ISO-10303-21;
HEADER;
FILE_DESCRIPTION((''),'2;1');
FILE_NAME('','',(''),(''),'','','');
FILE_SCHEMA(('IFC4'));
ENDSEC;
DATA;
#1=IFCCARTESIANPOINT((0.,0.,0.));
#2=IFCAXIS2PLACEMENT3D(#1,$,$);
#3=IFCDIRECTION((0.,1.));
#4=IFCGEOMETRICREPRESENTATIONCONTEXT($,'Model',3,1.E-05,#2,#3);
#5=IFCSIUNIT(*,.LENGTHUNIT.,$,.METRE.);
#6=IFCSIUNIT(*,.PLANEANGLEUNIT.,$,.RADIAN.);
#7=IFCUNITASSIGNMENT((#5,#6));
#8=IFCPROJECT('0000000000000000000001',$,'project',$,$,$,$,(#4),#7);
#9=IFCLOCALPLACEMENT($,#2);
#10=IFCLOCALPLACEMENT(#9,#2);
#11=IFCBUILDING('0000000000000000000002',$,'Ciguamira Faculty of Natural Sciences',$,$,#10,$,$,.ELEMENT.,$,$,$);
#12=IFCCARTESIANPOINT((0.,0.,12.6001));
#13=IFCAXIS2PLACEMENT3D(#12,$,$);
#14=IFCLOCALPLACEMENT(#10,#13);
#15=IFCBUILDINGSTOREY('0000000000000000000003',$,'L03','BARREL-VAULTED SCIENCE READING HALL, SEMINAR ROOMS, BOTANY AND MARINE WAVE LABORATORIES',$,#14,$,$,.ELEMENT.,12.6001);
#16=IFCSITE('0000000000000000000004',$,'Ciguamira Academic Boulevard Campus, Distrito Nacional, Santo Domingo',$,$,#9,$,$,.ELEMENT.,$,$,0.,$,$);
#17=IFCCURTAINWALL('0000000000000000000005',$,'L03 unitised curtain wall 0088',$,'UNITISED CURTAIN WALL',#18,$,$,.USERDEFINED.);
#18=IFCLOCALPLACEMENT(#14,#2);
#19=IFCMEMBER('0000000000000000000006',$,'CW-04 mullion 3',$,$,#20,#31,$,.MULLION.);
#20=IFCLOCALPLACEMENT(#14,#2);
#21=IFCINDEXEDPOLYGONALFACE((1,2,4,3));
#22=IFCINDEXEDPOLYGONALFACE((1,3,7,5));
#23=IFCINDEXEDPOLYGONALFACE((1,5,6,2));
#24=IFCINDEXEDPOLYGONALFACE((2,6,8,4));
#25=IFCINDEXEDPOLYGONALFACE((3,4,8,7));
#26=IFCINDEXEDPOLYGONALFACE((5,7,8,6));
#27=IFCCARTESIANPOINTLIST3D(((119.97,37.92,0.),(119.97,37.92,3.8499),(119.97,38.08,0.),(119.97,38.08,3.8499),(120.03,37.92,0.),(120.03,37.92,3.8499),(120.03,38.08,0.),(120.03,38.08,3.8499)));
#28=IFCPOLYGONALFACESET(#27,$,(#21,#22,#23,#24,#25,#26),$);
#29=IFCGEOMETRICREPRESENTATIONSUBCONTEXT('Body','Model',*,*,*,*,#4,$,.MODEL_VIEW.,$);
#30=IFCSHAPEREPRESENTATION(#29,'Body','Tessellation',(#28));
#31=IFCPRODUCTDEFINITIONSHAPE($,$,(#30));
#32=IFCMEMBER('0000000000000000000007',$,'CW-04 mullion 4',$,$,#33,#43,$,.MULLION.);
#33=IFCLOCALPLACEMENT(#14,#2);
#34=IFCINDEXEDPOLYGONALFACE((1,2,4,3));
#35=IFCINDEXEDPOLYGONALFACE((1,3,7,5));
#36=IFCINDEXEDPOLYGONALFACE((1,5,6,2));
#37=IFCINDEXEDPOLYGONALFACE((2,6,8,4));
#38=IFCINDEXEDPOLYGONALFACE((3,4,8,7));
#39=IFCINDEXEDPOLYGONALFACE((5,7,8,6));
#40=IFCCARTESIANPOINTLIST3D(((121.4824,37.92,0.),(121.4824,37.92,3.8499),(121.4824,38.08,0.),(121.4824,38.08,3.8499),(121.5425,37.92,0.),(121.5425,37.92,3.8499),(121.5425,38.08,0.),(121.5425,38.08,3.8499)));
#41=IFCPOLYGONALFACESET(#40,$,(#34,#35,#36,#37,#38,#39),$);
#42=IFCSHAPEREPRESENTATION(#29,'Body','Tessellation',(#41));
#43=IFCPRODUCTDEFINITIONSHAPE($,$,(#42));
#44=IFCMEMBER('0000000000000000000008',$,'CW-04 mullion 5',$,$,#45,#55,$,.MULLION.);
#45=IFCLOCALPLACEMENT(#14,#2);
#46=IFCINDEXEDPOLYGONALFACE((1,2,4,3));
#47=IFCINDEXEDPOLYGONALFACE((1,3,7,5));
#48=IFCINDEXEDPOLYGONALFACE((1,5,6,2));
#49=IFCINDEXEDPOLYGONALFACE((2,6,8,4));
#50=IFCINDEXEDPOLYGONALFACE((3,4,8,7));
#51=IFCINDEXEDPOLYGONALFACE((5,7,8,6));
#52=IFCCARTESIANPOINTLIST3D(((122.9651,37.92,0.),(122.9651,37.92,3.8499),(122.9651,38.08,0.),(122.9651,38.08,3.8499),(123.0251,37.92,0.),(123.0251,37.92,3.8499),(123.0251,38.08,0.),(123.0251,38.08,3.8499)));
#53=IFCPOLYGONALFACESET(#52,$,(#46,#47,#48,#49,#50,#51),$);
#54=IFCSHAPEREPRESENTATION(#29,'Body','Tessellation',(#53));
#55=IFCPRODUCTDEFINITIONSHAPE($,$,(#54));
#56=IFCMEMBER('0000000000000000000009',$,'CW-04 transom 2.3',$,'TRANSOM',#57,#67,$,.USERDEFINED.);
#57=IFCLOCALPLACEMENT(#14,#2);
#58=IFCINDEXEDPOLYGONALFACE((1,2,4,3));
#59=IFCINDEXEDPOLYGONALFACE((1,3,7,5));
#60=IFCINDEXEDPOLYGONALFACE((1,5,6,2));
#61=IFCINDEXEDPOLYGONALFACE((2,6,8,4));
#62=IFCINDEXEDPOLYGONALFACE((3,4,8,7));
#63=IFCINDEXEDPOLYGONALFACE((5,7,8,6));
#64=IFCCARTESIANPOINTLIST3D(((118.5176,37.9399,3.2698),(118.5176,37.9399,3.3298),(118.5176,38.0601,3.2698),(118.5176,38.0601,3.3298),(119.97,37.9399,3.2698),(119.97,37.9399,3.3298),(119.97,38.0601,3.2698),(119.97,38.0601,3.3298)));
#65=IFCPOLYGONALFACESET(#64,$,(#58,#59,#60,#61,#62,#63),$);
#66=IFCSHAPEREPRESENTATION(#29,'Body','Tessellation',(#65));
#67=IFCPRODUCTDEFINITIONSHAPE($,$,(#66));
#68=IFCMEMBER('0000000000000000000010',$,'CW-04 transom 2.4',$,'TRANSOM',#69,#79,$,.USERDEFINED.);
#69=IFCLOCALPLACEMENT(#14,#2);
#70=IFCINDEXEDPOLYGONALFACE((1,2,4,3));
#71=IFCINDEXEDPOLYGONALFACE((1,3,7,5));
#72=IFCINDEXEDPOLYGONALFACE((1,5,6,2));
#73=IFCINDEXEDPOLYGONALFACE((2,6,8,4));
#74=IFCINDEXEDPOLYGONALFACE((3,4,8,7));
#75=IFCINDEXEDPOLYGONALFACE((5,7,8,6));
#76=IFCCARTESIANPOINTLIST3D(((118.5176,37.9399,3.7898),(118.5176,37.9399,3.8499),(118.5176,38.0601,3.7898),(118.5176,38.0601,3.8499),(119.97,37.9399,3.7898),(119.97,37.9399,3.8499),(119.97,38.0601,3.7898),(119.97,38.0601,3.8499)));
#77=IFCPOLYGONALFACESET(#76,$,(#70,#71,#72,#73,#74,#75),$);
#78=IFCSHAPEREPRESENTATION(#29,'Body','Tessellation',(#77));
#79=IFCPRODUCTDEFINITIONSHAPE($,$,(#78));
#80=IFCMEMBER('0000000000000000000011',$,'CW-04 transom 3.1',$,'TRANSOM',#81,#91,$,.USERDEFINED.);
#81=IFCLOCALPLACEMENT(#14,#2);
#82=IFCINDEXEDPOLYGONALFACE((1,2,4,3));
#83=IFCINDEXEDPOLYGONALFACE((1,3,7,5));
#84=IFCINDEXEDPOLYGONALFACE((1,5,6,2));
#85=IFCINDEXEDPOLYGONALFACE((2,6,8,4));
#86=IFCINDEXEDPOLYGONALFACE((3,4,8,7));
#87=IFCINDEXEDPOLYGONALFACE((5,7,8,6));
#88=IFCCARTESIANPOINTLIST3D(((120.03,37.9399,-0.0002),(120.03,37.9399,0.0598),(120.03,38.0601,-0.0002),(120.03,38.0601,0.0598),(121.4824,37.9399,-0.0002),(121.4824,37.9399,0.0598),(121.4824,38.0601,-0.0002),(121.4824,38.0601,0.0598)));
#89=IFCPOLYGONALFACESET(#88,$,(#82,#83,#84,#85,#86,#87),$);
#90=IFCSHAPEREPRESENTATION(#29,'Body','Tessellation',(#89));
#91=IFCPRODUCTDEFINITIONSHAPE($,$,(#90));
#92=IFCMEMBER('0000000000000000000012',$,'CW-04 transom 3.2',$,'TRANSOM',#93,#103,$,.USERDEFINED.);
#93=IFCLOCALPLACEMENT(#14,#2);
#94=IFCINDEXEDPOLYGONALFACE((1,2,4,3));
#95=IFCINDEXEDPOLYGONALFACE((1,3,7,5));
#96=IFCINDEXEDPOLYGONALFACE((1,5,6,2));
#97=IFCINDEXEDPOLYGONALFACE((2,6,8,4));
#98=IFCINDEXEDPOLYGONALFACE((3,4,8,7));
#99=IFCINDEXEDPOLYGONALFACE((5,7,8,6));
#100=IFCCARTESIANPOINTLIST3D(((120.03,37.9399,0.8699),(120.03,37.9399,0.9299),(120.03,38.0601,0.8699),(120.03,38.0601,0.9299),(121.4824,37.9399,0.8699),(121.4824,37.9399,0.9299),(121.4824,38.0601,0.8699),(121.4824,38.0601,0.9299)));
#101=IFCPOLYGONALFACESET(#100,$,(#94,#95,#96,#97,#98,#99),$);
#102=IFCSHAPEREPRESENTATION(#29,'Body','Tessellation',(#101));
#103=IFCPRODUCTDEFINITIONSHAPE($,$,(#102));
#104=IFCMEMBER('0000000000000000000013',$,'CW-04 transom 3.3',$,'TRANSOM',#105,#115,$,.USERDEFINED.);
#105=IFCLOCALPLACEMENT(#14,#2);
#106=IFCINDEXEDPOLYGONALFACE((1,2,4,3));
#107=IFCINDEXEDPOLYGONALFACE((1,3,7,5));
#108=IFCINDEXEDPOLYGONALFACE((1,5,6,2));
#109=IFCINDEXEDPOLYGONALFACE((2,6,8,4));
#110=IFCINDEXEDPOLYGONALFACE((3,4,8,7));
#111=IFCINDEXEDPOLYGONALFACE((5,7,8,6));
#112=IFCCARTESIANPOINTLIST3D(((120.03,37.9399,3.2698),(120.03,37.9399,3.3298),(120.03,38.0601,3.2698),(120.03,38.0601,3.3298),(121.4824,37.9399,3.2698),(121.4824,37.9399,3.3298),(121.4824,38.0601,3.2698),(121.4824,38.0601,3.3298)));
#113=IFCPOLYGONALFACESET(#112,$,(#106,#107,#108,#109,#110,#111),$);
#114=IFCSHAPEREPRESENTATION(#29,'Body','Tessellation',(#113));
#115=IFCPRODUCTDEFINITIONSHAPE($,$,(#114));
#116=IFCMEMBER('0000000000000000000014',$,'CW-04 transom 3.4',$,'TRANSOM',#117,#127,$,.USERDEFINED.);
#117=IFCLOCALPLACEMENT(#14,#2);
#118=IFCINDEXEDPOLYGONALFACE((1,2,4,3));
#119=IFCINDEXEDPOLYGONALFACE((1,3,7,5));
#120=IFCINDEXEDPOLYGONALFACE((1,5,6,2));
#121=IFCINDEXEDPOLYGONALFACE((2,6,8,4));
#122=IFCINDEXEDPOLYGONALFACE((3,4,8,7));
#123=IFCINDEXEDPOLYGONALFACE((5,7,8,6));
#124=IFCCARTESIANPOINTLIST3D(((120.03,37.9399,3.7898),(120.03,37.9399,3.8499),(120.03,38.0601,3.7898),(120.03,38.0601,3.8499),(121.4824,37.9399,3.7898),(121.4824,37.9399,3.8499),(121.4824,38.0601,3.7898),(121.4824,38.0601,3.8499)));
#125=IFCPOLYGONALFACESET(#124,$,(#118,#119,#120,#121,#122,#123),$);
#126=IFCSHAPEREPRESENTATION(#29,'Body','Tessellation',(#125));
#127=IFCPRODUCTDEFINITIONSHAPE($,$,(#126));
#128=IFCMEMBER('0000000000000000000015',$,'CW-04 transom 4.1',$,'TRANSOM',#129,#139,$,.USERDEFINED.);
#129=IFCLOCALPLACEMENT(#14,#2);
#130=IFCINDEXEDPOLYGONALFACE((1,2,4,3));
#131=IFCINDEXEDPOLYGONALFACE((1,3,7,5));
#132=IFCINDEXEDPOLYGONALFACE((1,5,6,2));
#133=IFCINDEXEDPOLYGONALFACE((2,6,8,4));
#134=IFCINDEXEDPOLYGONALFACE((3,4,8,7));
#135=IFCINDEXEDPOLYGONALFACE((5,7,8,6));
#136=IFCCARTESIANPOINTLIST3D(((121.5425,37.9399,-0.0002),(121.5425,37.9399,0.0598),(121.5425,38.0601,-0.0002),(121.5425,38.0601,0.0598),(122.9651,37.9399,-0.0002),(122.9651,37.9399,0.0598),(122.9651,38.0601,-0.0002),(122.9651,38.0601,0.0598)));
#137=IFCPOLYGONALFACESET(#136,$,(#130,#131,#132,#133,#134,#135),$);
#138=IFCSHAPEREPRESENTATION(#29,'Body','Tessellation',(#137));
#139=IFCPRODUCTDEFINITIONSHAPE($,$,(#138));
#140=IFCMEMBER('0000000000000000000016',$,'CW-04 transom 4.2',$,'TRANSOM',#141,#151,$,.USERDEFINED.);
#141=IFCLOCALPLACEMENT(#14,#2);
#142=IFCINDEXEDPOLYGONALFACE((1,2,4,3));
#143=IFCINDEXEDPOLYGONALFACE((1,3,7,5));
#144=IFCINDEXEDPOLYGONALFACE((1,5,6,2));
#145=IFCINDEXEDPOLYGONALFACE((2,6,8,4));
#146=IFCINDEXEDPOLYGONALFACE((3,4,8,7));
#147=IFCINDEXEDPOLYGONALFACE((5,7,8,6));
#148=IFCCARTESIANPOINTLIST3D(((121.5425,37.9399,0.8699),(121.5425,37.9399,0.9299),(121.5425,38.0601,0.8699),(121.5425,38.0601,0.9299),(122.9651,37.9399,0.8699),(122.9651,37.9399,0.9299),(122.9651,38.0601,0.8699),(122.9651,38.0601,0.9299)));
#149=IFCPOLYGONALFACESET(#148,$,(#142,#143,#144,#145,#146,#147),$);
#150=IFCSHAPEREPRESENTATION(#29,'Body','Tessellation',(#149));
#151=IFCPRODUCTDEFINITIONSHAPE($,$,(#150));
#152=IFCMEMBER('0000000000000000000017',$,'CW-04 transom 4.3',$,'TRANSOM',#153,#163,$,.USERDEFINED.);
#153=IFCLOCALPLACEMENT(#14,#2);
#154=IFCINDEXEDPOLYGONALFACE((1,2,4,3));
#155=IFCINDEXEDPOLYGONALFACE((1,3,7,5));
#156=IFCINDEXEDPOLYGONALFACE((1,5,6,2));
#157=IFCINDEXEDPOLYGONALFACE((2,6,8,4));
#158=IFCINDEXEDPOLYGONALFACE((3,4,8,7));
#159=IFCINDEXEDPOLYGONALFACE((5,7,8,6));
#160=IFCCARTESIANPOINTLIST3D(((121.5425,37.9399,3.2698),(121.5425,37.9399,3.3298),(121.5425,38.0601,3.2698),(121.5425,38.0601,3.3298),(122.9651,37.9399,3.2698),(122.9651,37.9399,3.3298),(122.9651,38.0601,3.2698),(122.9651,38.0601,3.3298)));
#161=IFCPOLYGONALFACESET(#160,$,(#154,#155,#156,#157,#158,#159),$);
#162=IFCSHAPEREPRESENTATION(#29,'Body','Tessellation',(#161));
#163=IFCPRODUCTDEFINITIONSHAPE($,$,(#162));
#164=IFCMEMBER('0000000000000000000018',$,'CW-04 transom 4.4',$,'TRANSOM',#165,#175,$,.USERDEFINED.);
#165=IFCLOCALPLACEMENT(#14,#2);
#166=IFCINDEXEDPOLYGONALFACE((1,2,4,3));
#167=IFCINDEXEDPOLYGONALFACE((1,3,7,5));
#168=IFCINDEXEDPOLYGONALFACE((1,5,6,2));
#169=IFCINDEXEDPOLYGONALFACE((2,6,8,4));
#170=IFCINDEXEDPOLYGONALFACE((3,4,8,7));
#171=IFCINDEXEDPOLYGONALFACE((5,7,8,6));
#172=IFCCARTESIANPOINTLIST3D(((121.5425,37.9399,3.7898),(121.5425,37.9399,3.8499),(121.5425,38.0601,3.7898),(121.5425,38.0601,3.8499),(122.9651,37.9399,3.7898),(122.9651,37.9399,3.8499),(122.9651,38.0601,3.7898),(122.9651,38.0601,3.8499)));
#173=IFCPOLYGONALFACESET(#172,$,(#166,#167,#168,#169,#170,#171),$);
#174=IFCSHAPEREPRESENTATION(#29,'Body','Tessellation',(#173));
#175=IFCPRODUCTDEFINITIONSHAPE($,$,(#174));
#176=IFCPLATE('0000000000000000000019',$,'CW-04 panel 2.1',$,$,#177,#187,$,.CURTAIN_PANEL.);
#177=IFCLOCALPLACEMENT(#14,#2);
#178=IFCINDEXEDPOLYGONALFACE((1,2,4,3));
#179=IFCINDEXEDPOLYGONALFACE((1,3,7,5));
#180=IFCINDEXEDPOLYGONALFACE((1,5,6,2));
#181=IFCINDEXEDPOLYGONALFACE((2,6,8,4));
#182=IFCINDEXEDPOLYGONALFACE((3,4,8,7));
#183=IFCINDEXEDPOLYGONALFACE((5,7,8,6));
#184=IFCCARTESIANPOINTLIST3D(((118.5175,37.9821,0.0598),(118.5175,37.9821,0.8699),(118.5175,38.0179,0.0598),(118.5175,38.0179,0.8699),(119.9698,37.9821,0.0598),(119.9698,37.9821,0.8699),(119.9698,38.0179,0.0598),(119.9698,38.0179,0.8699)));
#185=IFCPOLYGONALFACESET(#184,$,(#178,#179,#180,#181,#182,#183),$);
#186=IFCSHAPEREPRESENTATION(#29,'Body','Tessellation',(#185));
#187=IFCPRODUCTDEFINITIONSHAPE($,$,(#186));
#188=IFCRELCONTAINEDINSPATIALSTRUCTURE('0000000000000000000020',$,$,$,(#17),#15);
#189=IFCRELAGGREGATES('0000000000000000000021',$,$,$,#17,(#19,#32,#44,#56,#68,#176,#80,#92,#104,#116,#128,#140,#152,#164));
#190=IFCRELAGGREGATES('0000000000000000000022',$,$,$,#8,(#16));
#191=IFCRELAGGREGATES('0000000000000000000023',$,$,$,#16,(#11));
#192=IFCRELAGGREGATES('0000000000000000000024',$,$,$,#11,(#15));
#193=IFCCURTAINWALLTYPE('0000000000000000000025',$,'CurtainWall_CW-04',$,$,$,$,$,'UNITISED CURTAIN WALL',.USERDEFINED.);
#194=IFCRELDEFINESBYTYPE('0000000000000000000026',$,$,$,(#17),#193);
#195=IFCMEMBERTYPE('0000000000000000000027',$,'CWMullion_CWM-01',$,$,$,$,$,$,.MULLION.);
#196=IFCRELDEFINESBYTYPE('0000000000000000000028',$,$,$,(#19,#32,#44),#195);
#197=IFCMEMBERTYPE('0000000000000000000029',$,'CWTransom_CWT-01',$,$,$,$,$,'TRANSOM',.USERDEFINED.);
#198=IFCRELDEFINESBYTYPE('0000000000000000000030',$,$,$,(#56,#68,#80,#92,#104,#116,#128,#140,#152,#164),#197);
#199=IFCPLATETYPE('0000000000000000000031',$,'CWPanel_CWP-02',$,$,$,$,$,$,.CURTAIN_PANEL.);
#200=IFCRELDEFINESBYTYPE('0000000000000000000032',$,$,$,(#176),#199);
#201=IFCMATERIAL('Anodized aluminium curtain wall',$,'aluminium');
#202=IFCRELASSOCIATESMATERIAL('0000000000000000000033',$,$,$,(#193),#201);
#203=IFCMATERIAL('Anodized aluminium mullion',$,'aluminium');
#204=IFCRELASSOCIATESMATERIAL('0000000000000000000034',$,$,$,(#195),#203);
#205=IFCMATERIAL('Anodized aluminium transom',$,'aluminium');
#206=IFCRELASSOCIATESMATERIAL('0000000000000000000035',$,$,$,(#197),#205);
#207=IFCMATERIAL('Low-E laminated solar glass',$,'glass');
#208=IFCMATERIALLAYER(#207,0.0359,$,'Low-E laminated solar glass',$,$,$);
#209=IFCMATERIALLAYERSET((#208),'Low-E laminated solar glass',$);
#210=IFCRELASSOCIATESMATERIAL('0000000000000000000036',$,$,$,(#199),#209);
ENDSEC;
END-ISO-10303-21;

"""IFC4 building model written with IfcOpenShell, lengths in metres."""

from ifc_helpers import new_model, si_unit, direction, frame, origin, origin_2d, place, context, subcontext, project, spatial, rectangle, extrude, material, layer, layer_set, material_profile, profile_set, type_object, element, aggregate, save


model = new_model("IFC4")

# Units and contexts
model_context = context("Model", 3, precision=1e-05, world=origin(), true_north=direction((0.0, 1.0)))
body_context = subcontext(model_context, "Body", "Model", "MODEL_VIEW")
ifc_project = project(units=[si_unit("LENGTHUNIT", "METRE"), si_unit("PLANEANGLEUNIT", "RADIAN")], contexts=[model_context])

# Site, building, storey
site_placement = place(None, origin())
site = spatial("IfcSite", under=ifc_project, at=site_placement, Name="Ciguamira Academic Boulevard Campus, Distrito Nacional, Santo Domingo", CompositionType="ELEMENT", RefElevation=0.0)
building_placement = place(site_placement, origin())
building = spatial("IfcBuilding", under=site, at=building_placement, Name="Ciguamira Faculty of Natural Sciences", CompositionType="ELEMENT")
storey_placement = place(building_placement, frame((0.0, 0.0, 12.6001)))
storey = spatial("IfcBuildingStorey", under=building, at=storey_placement, Name="L03", Description="BARREL-VAULTED SCIENCE READING HALL, SEMINAR ROOMS, BOTANY AND MARINE WAVE LABORATORIES", CompositionType="ELEMENT", Elevation=12.6001)

# Curtain wall, members, plate
ifc_material_1 = material(Name="Anodized aluminium curtain wall", Category="aluminium")
curtain_wall_type = type_object("IfcCurtainWallType", Name="CurtainWall_CW-04", ElementType="UNITISED CURTAIN WALL", PredefinedType="USERDEFINED", material=ifc_material_1)
curtain_wall_placement = place(storey_placement, origin())
curtain_wall = element("IfcCurtainWall", 1, at=curtain_wall_placement, inside=storey, type_object=curtain_wall_type, Name="L03 unitised curtain wall 0088", ObjectType="UNITISED CURTAIN WALL", PredefinedType="USERDEFINED")
ifc_material_2 = material(Name="Anodized aluminium mullion", Category="aluminium")
ifc_material_profile_1 = material_profile(ifc_material_2, rectangle(XDim=0.0601, YDim=0.1599, at=origin_2d()), Name="ALU-MUL-60X160")
ifc_profile_set_1 = profile_set([ifc_material_profile_1], Name="Anodized aluminium mullion")
member_type_1 = type_object("IfcMemberType", Name="CWMullion_CWM-01", PredefinedType="MULLION", material=ifc_profile_set_1)
member_1_placement = place(storey_placement, frame((120.0, 38.0, 0.0), z_axis=(0.0, 0.0, 1.0), x_axis=(1.0, 0.0, 0.0)))
member_1 = element("IfcMember", 2, at=member_1_placement, type_object=member_type_1, Name="CW-04 mullion 3", PredefinedType="MULLION", context=body_context, shape_type="SweptSolid", body=[
    extrude(rectangle(XDim=0.0601, YDim=0.1599, at=origin_2d()), origin(), (0.0, 0.0, 1.0), 3.8499),
])
member_2_placement = place(storey_placement, frame((121.5125, 38.0, 0.0), z_axis=(0.0, 0.0, 1.0), x_axis=(1.0, 0.0, 0.0)))
member_2 = element("IfcMember", 3, at=member_2_placement, type_object=member_type_1, Name="CW-04 mullion 4", PredefinedType="MULLION", context=body_context, shape_type="SweptSolid", body=[
    extrude(rectangle(XDim=0.0601, YDim=0.1599, at=origin_2d()), origin(), (0.0, 0.0, 1.0), 3.8499),
])
member_3_placement = place(storey_placement, frame((122.9951, 38.0, 0.0), z_axis=(0.0, 0.0, 1.0), x_axis=(1.0, 0.0, 0.0)))
member_3 = element("IfcMember", 4, at=member_3_placement, type_object=member_type_1, Name="CW-04 mullion 5", PredefinedType="MULLION", context=body_context, shape_type="SweptSolid", body=[
    extrude(rectangle(XDim=0.0601, YDim=0.1599, at=origin_2d()), origin(), (0.0, 0.0, 1.0), 3.8499),
])
ifc_material_3 = material(Name="Anodized aluminium transom", Category="aluminium")
ifc_material_profile_2 = material_profile(ifc_material_3, rectangle(XDim=0.0601, YDim=0.1201, at=origin_2d()), Name="ALU-TRN-60X120")
ifc_profile_set_2 = profile_set([ifc_material_profile_2], Name="Anodized aluminium transom")
member_type_2 = type_object("IfcMemberType", Name="CWTransom_CWT-01", ElementType="TRANSOM", PredefinedType="USERDEFINED", material=ifc_profile_set_2)
member_4_placement = place(storey_placement, frame((118.5176, 38.0, 3.2998), z_axis=(1.0, 0.0, 0.0), x_axis=(0.0, 0.0, 1.0)))
member_4 = element("IfcMember", 5, at=member_4_placement, type_object=member_type_2, Name="CW-04 transom 2.3", ObjectType="TRANSOM", PredefinedType="USERDEFINED", context=body_context, shape_type="SweptSolid", body=[
    extrude(rectangle(XDim=0.0601, YDim=0.1201, at=origin_2d()), origin(), (0.0, 0.0, 1.0), 1.4524),
])
member_5_placement = place(storey_placement, frame((118.5176, 38.0, 3.8198), z_axis=(1.0, 0.0, 0.0), x_axis=(0.0, 0.0, 1.0)))
member_5 = element("IfcMember", 6, at=member_5_placement, type_object=member_type_2, Name="CW-04 transom 2.4", ObjectType="TRANSOM", PredefinedType="USERDEFINED", context=body_context, shape_type="SweptSolid", body=[
    extrude(rectangle(XDim=0.0601, YDim=0.1201, at=origin_2d()), origin(), (0.0, 0.0, 1.0), 1.4524),
])
member_6_placement = place(storey_placement, frame((120.03, 38.0, 0.0298), z_axis=(1.0, 0.0, 0.0), x_axis=(0.0, 0.0, 1.0)))
member_6 = element("IfcMember", 7, at=member_6_placement, type_object=member_type_2, Name="CW-04 transom 3.1", ObjectType="TRANSOM", PredefinedType="USERDEFINED", context=body_context, shape_type="SweptSolid", body=[
    extrude(rectangle(XDim=0.0601, YDim=0.1201, at=origin_2d()), origin(), (0.0, 0.0, 1.0), 1.4524),
])
member_7_placement = place(storey_placement, frame((120.03, 38.0, 0.8999), z_axis=(1.0, 0.0, 0.0), x_axis=(0.0, 0.0, 1.0)))
member_7 = element("IfcMember", 8, at=member_7_placement, type_object=member_type_2, Name="CW-04 transom 3.2", ObjectType="TRANSOM", PredefinedType="USERDEFINED", context=body_context, shape_type="SweptSolid", body=[
    extrude(rectangle(XDim=0.0601, YDim=0.1201, at=origin_2d()), origin(), (0.0, 0.0, 1.0), 1.4524),
])
member_8_placement = place(storey_placement, frame((120.03, 38.0, 3.2998), z_axis=(1.0, 0.0, 0.0), x_axis=(0.0, 0.0, 1.0)))
member_8 = element("IfcMember", 9, at=member_8_placement, type_object=member_type_2, Name="CW-04 transom 3.3", ObjectType="TRANSOM", PredefinedType="USERDEFINED", context=body_context, shape_type="SweptSolid", body=[
    extrude(rectangle(XDim=0.0601, YDim=0.1201, at=origin_2d()), origin(), (0.0, 0.0, 1.0), 1.4524),
])
member_9_placement = place(storey_placement, frame((120.03, 38.0, 3.8198), z_axis=(1.0, 0.0, 0.0), x_axis=(0.0, 0.0, 1.0)))
member_9 = element("IfcMember", 10, at=member_9_placement, type_object=member_type_2, Name="CW-04 transom 3.4", ObjectType="TRANSOM", PredefinedType="USERDEFINED", context=body_context, shape_type="SweptSolid", body=[
    extrude(rectangle(XDim=0.0601, YDim=0.1201, at=origin_2d()), origin(), (0.0, 0.0, 1.0), 1.4524),
])
member_10_placement = place(storey_placement, frame((121.5425, 38.0, 0.0298), z_axis=(1.0, 0.0, 0.0), x_axis=(0.0, 0.0, 1.0)))
member_10 = element("IfcMember", 11, at=member_10_placement, type_object=member_type_2, Name="CW-04 transom 4.1", ObjectType="TRANSOM", PredefinedType="USERDEFINED", context=body_context, shape_type="SweptSolid", body=[
    extrude(rectangle(XDim=0.0601, YDim=0.1201, at=origin_2d()), origin(), (0.0, 0.0, 1.0), 1.4226),
])
member_11_placement = place(storey_placement, frame((121.5425, 38.0, 0.8999), z_axis=(1.0, 0.0, 0.0), x_axis=(0.0, 0.0, 1.0)))
member_11 = element("IfcMember", 12, at=member_11_placement, type_object=member_type_2, Name="CW-04 transom 4.2", ObjectType="TRANSOM", PredefinedType="USERDEFINED", context=body_context, shape_type="SweptSolid", body=[
    extrude(rectangle(XDim=0.0601, YDim=0.1201, at=origin_2d()), origin(), (0.0, 0.0, 1.0), 1.4226),
])
member_12_placement = place(storey_placement, frame((121.5425, 38.0, 3.2998), z_axis=(1.0, 0.0, 0.0), x_axis=(0.0, 0.0, 1.0)))
member_12 = element("IfcMember", 13, at=member_12_placement, type_object=member_type_2, Name="CW-04 transom 4.3", ObjectType="TRANSOM", PredefinedType="USERDEFINED", context=body_context, shape_type="SweptSolid", body=[
    extrude(rectangle(XDim=0.0601, YDim=0.1201, at=origin_2d()), origin(), (0.0, 0.0, 1.0), 1.4226),
])
member_13_placement = place(storey_placement, frame((121.5425, 38.0, 3.8198), z_axis=(1.0, 0.0, 0.0), x_axis=(0.0, 0.0, 1.0)))
member_13 = element("IfcMember", 14, at=member_13_placement, type_object=member_type_2, Name="CW-04 transom 4.4", ObjectType="TRANSOM", PredefinedType="USERDEFINED", context=body_context, shape_type="SweptSolid", body=[
    extrude(rectangle(XDim=0.0601, YDim=0.1201, at=origin_2d()), origin(), (0.0, 0.0, 1.0), 1.4226),
])
ifc_material_4 = material(Name="Low-E laminated solar glass", Category="glass")
ifc_layer = layer(ifc_material_4, 0.0359, Name="Low-E laminated solar glass")
ifc_layer_set = layer_set([ifc_layer], Name="Low-E laminated solar glass")
plate_type = type_object("IfcPlateType", Name="CWPanel_CWP-02", PredefinedType="CURTAIN_PANEL", material=ifc_layer_set)
plate_1_placement = place(storey_placement, frame((119.2437, 38.0, 0.0598), z_axis=(0.0, 0.0, 1.0), x_axis=(1.0, 0.0, 0.0)))
plate_1 = element("IfcPlate", 15, at=plate_1_placement, type_object=plate_type, Name="CW-04 panel 2.1", PredefinedType="CURTAIN_PANEL", context=body_context, shape_type="SweptSolid", body=[
    extrude(rectangle(XDim=1.4524, YDim=0.0359, at=origin_2d()), origin(), (0.0, 0.0, 1.0), 0.8101),
])
aggregate(curtain_wall, [member_1, member_2, member_3, member_4, member_5, plate_1, member_6, member_7, member_8, member_9, member_10, member_11, member_12, member_13])

save(model, "model.ifc")
